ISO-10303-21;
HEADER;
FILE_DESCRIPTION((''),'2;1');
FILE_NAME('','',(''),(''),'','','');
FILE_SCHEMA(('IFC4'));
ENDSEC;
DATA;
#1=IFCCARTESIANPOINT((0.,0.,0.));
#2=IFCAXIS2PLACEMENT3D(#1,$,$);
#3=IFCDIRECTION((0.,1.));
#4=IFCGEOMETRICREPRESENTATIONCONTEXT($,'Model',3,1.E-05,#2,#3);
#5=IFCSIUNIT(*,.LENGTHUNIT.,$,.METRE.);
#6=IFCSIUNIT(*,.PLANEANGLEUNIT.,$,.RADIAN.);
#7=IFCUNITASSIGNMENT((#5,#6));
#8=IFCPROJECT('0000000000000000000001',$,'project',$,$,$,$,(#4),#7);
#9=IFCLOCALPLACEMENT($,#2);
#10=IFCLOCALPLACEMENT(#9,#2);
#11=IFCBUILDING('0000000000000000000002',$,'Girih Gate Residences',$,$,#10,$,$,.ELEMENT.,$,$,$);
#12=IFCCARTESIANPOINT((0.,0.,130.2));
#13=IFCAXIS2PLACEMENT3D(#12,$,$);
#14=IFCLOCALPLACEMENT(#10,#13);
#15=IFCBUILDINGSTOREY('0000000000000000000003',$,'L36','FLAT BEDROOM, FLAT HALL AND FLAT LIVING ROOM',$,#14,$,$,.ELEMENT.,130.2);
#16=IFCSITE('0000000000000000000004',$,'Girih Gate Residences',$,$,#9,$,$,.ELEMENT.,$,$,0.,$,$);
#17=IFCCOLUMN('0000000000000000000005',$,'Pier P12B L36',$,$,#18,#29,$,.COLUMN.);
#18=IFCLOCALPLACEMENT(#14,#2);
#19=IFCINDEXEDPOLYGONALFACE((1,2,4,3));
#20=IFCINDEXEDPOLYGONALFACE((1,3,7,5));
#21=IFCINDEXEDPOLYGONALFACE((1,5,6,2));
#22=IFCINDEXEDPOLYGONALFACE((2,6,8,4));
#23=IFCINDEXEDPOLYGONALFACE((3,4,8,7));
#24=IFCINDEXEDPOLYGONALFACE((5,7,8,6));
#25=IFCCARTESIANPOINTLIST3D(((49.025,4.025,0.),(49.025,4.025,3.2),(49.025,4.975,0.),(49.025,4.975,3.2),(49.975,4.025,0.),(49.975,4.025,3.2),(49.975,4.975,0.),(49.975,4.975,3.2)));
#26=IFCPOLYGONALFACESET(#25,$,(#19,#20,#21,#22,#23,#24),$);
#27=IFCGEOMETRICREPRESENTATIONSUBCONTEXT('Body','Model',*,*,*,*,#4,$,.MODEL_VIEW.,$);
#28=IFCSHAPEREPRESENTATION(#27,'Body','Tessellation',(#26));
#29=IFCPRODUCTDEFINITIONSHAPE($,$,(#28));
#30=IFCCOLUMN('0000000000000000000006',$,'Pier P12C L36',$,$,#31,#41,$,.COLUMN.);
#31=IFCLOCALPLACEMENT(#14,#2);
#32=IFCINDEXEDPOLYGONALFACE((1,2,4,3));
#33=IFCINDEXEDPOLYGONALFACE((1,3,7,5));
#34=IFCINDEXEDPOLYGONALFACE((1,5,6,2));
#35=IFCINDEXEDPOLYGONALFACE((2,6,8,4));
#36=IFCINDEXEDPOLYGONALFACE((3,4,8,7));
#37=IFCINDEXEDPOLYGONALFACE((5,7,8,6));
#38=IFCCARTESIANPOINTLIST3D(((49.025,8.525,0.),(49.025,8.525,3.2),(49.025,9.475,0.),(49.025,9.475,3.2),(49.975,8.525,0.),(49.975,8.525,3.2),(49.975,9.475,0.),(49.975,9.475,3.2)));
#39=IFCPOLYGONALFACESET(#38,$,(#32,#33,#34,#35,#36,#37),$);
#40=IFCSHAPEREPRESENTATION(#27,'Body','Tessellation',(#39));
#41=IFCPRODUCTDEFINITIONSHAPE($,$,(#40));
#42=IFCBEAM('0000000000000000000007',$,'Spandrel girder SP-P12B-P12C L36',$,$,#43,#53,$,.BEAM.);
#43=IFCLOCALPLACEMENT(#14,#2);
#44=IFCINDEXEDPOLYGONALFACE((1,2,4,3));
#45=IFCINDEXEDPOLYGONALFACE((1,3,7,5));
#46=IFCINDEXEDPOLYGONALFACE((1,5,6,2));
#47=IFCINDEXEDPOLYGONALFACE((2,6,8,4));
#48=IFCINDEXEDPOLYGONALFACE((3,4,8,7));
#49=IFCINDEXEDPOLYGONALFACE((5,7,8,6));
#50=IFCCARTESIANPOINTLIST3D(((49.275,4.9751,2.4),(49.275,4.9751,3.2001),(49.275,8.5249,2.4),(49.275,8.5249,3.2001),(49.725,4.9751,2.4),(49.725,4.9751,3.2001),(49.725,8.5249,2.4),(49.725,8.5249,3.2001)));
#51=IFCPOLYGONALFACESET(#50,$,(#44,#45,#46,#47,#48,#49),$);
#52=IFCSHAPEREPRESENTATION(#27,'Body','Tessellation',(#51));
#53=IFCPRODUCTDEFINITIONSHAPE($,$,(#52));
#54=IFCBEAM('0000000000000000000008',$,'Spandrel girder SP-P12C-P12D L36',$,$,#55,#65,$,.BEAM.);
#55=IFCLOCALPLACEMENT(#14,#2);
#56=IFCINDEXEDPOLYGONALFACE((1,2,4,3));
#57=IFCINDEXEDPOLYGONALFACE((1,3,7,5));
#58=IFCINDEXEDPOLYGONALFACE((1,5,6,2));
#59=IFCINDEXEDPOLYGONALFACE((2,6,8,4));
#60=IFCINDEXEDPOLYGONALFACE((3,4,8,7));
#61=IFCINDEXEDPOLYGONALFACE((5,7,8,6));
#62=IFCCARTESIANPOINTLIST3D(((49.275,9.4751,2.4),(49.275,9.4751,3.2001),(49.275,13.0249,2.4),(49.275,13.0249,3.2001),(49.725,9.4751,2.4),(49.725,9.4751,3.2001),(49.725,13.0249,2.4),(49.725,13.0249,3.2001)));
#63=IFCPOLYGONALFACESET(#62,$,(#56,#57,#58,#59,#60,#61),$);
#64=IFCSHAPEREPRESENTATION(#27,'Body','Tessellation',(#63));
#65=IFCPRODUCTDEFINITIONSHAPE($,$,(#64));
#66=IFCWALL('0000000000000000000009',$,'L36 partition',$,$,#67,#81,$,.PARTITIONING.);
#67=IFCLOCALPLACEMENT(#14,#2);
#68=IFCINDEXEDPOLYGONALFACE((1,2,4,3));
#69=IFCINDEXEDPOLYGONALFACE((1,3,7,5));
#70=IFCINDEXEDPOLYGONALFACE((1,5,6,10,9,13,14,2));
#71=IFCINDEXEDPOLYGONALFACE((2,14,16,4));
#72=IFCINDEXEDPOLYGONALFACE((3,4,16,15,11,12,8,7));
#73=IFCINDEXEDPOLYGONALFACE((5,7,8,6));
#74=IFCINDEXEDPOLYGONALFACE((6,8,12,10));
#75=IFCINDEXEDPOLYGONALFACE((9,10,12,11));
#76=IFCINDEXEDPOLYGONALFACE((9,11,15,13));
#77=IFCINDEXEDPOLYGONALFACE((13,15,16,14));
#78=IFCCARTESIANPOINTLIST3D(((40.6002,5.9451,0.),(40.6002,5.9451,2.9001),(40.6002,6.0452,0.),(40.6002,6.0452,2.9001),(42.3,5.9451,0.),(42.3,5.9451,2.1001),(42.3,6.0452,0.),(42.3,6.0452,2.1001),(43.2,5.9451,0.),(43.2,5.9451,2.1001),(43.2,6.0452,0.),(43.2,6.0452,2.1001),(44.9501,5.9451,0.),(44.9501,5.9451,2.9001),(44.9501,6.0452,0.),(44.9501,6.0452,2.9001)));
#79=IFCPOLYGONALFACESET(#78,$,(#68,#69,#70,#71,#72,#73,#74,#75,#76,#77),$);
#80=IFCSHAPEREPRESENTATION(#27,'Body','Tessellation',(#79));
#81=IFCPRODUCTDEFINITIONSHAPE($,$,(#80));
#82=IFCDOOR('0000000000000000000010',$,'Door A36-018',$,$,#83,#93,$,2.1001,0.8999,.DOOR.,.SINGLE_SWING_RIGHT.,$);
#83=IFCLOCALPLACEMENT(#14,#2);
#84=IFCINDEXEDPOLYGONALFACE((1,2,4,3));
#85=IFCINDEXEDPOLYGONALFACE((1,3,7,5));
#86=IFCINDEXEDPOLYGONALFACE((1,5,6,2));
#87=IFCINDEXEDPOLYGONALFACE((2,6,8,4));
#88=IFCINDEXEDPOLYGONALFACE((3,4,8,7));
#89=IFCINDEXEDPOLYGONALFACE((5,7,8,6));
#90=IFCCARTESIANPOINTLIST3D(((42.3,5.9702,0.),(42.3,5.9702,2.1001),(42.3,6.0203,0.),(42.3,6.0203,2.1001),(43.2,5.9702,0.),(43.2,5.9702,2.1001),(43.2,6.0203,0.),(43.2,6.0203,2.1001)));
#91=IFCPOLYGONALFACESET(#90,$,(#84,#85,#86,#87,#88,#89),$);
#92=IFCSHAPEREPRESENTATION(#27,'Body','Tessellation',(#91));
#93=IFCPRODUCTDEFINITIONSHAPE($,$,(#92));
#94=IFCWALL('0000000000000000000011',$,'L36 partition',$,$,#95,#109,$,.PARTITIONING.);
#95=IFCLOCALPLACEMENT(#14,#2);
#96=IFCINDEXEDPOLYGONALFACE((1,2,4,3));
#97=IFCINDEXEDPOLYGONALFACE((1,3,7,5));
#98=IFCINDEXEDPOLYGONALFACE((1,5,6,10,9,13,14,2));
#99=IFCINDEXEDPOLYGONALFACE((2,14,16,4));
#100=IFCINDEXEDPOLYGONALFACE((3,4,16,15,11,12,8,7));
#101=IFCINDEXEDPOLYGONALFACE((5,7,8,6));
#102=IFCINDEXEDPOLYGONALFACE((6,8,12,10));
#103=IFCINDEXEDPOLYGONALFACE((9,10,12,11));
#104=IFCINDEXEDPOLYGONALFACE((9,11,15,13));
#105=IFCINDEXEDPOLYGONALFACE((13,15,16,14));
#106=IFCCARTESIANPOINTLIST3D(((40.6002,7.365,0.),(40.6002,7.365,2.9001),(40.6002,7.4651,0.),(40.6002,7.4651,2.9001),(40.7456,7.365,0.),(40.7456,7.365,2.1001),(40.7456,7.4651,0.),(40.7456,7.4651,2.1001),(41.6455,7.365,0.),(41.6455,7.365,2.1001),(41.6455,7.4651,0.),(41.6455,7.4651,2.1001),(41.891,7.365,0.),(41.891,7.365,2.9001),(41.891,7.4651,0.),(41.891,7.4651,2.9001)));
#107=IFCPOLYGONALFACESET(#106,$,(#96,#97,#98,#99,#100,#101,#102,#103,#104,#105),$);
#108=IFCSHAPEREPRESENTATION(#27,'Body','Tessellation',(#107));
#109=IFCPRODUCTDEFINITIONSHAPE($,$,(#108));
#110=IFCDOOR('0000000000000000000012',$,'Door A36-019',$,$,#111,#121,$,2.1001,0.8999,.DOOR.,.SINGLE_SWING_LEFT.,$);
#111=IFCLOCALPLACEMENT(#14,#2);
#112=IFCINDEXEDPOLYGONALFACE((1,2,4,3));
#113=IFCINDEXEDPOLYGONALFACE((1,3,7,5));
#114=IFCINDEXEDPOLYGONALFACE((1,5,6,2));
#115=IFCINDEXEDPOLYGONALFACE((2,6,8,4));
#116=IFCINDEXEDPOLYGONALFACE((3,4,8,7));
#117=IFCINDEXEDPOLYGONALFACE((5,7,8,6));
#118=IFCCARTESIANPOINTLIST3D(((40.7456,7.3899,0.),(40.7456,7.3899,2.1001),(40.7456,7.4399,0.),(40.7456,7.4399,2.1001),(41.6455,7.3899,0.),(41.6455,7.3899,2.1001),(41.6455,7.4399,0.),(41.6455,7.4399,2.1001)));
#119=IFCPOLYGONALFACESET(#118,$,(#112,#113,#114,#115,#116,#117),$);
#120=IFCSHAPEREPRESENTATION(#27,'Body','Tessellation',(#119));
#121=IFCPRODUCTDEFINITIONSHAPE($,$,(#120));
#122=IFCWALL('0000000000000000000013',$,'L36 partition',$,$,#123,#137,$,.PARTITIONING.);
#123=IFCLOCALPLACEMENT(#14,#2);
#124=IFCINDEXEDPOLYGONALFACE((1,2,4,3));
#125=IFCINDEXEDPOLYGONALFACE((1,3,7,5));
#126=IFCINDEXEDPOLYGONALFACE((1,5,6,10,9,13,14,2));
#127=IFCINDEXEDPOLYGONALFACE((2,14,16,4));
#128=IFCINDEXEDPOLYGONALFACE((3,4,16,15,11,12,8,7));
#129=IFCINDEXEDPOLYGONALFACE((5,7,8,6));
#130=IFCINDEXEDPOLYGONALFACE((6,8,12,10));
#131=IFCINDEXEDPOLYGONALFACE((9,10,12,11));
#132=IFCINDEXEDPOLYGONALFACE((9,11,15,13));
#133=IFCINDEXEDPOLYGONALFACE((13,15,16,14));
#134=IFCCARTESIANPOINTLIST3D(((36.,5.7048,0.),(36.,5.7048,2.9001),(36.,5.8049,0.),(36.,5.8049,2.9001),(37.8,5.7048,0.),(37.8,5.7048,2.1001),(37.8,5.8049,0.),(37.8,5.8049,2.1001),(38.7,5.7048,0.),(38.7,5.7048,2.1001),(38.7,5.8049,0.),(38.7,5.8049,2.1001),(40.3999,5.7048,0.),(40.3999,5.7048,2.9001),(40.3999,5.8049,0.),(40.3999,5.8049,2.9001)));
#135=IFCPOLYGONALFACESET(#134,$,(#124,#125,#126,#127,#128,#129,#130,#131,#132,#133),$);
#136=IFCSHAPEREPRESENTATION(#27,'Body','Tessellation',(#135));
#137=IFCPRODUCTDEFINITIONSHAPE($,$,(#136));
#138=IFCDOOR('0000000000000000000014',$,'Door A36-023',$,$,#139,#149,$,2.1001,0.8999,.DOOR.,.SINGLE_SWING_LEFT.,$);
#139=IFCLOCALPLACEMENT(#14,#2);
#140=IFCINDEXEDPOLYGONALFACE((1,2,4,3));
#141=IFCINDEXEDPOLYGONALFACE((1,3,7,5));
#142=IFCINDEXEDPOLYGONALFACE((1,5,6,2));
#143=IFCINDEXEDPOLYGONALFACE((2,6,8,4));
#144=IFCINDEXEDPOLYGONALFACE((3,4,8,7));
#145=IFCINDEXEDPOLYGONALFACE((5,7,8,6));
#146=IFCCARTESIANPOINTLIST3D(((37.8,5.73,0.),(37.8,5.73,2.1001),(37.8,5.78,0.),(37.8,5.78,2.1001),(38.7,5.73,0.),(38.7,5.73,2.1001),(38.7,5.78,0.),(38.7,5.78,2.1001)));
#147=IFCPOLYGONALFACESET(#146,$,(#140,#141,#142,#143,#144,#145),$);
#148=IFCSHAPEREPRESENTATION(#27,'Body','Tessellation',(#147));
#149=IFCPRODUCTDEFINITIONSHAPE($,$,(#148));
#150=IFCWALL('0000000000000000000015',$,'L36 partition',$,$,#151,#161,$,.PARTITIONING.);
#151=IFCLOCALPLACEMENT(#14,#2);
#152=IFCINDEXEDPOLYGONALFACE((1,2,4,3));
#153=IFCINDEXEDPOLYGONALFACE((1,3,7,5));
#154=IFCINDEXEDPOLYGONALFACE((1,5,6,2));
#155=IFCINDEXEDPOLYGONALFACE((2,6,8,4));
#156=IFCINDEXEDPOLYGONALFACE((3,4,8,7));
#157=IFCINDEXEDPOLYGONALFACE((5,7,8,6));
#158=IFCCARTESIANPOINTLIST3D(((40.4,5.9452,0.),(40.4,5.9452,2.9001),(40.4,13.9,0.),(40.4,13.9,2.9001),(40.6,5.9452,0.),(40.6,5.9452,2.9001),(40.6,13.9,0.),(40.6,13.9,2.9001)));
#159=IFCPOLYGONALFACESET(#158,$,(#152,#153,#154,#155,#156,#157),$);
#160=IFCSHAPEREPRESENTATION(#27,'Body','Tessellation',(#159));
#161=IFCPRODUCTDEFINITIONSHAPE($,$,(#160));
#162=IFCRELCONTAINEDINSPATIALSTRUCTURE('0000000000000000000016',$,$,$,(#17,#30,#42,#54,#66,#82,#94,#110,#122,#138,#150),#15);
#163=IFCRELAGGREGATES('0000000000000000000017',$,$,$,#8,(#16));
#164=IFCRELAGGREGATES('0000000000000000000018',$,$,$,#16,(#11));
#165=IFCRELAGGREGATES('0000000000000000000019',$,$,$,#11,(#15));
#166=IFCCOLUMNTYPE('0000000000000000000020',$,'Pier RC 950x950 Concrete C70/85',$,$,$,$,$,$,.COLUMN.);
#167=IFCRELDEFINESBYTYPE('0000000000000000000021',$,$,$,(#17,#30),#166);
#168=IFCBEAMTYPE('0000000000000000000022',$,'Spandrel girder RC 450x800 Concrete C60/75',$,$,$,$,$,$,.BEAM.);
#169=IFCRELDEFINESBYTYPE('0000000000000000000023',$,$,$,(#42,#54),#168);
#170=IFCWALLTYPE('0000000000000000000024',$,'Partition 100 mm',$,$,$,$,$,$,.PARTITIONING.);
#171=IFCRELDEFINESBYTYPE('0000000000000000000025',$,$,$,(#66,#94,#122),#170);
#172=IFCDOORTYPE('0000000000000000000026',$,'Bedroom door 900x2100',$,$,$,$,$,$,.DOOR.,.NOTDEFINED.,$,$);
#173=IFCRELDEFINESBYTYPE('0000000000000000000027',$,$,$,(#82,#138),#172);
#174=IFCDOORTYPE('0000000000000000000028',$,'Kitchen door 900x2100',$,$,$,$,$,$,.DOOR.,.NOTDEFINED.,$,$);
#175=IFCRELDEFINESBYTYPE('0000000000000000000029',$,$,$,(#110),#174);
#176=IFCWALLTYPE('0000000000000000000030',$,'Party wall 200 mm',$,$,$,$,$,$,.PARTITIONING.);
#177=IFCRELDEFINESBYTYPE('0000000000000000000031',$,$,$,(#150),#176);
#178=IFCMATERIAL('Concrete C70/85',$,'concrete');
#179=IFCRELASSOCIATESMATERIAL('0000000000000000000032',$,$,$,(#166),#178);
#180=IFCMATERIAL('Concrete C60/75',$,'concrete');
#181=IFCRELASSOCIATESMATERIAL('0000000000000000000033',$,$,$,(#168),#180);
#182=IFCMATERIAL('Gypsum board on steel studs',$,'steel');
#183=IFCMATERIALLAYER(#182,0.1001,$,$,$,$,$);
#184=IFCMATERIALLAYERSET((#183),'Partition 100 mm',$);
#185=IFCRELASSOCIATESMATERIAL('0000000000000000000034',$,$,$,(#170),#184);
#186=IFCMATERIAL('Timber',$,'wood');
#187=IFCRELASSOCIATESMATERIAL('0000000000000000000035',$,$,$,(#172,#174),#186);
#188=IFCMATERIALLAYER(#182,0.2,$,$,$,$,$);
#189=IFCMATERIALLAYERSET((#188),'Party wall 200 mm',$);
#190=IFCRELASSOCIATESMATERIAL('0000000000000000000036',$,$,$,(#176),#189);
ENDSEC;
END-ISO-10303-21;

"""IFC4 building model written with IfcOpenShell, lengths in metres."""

from ifc_helpers import new_model, si_unit, direction, frame, frame_2d, origin, origin_2d, place, context, subcontext, project, spatial, rectangle, extrude, material, layer, layer_set, material_profile, profile_set, type_object, element, fill, save


model = new_model("IFC4")

# Units and contexts
model_context = context("Model", 3, precision=1e-05, world=origin(), true_north=direction((0.0, 1.0)))
body_context = subcontext(model_context, "Body", "Model", "MODEL_VIEW")
ifc_project = project(units=[si_unit("LENGTHUNIT", "METRE"), si_unit("PLANEANGLEUNIT", "RADIAN")], contexts=[model_context])

# Site, building, storey
site_placement = place(None, origin())
site = spatial("IfcSite", under=ifc_project, at=site_placement, Name="Girih Gate Residences", CompositionType="ELEMENT", RefElevation=0.0)
building_placement = place(site_placement, origin())
building = spatial("IfcBuilding", under=site, at=building_placement, Name="Girih Gate Residences", CompositionType="ELEMENT")
storey_placement = place(building_placement, frame((0.0, 0.0, 130.2)))
storey = spatial("IfcBuildingStorey", under=building, at=storey_placement, Name="L36", Description="FLAT BEDROOM, FLAT HALL AND FLAT LIVING ROOM", CompositionType="ELEMENT", Elevation=130.2)

# Columns
ifc_material_1 = material(Name="Concrete C70/85", Category="concrete")
ifc_material_profile_1 = material_profile(ifc_material_1, rectangle(XDim=0.95, YDim=0.95, at=origin_2d()))
ifc_profile_set_1 = profile_set([ifc_material_profile_1], Name="Concrete C70/85")
column_type = type_object("IfcColumnType", Name="Pier RC 950x950 Concrete C70/85", PredefinedType="COLUMN", material=ifc_profile_set_1)
for number, where, z_axis, x_axis, name in (
    (1, (49.5, 4.5, 0.0), (0.0, 0.0, 1.0), (1.0, 0.0, 0.0), "Pier P12B L36"),
    (2, (49.5, 9.0, 0.0), (0.0, 0.0, 1.0), (1.0, 0.0, 0.0), "Pier P12C L36"),
):
    element("IfcColumn", number, at=place(storey_placement, frame(where, z_axis=z_axis, x_axis=x_axis)), inside=storey, type_object=column_type, Name=name, PredefinedType="COLUMN", context=body_context, shape_type="SweptSolid", body=[
        extrude(rectangle(XDim=0.95, YDim=0.95, at=origin_2d()), origin(), (0.0, 0.0, 1.0), 3.2),
    ])

# Beams
ifc_material_2 = material(Name="Concrete C60/75", Category="concrete")
ifc_material_profile_2 = material_profile(ifc_material_2, rectangle(XDim=0.45, YDim=0.8, at=origin_2d()))
ifc_profile_set_2 = profile_set([ifc_material_profile_2], Name="Concrete C60/75")
beam_type = type_object("IfcBeamType", Name="Spandrel girder RC 450x800 Concrete C60/75", PredefinedType="BEAM", material=ifc_profile_set_2)
for number, where, z_axis, x_axis, name in (
    (3, (49.5, 4.9751, 2.8), (0.0, 1.0, 0.0), (-1.0, 0.0, 0.0), "Spandrel girder SP-P12B-P12C L36"),
    (4, (49.5, 9.4751, 2.8), (0.0, 1.0, 0.0), (-1.0, 0.0, 0.0), "Spandrel girder SP-P12C-P12D L36"),
):
    element("IfcBeam", number, at=place(storey_placement, frame(where, z_axis=z_axis, x_axis=x_axis)), inside=storey, type_object=beam_type, Name=name, PredefinedType="BEAM", context=body_context, shape_type="SweptSolid", body=[
        extrude(rectangle(XDim=0.45, YDim=0.8, at=origin_2d()), origin(), (0.0, 0.0, 1.0), 3.5498),
    ])

# Walls, openings, doors
ifc_material_3 = material(Name="Gypsum board on steel studs", Category="steel")
ifc_layer_1 = layer(ifc_material_3, 0.1001)
ifc_layer_set_1 = layer_set([ifc_layer_1], Name="Partition 100 mm")
wall_type_1 = type_object("IfcWallType", Name="Partition 100 mm", PredefinedType="PARTITIONING", material=ifc_layer_set_1)
wall_1_placement = place(storey_placement, frame((44.95, 5.9951, 0.0), z_axis=(0.0, 0.0, 1.0), x_axis=(-1.0, 0.0, 0.0)))
wall_1 = element("IfcWall", 5, at=wall_1_placement, inside=storey, type_object=wall_type_1, Name="L36 partition", PredefinedType="PARTITIONING", context=body_context, shape_type="SweptSolid", body=[
    extrude(rectangle(XDim=4.3499, YDim=0.1001, at=frame_2d((2.1748, 0.0))), origin(), (0.0, 0.0, 1.0), 2.9001),
])
opening_1_placement = place(wall_1_placement, frame((1.75, 0.0, 0.0)))
opening_1 = element("IfcOpeningElement", 6, at=opening_1_placement, cuts=wall_1, PredefinedType="OPENING", context=body_context, shape_type="SweptSolid", body=[
    extrude(rectangle(XDim=0.8999, YDim=2.1001, at=frame_2d((0.45, 1.05))), frame((0.0, 0.0601, 0.0), z_axis=(0.0, -1.0, 0.0), x_axis=(1.0, 0.0, 0.0)), (0.0, 0.0, 1.0), 0.1201),
])
ifc_material_4 = material(Name="Timber", Category="wood")
door_type_1 = type_object("IfcDoorType", Name="Bedroom door 900x2100", OperationType="NOTDEFINED", PredefinedType="DOOR", material=ifc_material_4)
door_1_placement = place(opening_1_placement, origin())
door_1 = element("IfcDoor", 7, at=door_1_placement, inside=storey, type_object=door_type_1, Name="Door A36-018", OperationType="SINGLE_SWING_RIGHT", OverallHeight=2.1001, OverallWidth=0.8999, PredefinedType="DOOR", context=body_context, shape_type="SweptSolid", body=[
    extrude(rectangle(XDim=0.8999, YDim=2.1001, at=frame_2d((0.45, 1.05))), frame((0.0, 0.0249, 0.0), z_axis=(0.0, -1.0, 0.0), x_axis=(1.0, 0.0, 0.0)), (0.0, 0.0, 1.0), 0.05),
])
fill(opening_1, door_1)
wall_2_placement = place(storey_placement, frame((40.6001, 7.415, 0.0), z_axis=(0.0, 0.0, 1.0), x_axis=(1.0, 0.0, 0.0)))
wall_2 = element("IfcWall", 8, at=wall_2_placement, inside=storey, type_object=wall_type_1, Name="L36 partition", PredefinedType="PARTITIONING", context=body_context, shape_type="SweptSolid", body=[
    extrude(rectangle(XDim=1.2908, YDim=0.1001, at=frame_2d((0.6455, 0.0))), origin(), (0.0, 0.0, 1.0), 2.9001),
])
opening_2_placement = place(wall_2_placement, frame((0.1455, 0.0, 0.0)))
opening_2 = element("IfcOpeningElement", 9, at=opening_2_placement, cuts=wall_2, PredefinedType="OPENING", context=body_context, shape_type="SweptSolid", body=[
    extrude(rectangle(XDim=0.8999, YDim=2.1001, at=frame_2d((0.45, 1.05))), frame((0.0, 0.0601, 0.0), z_axis=(0.0, -1.0, 0.0), x_axis=(1.0, 0.0, 0.0)), (0.0, 0.0, 1.0), 0.1201),
])
door_type_2 = type_object("IfcDoorType", Name="Kitchen door 900x2100", OperationType="NOTDEFINED", PredefinedType="DOOR", material=ifc_material_4)
door_2_placement = place(opening_2_placement, origin())
door_2 = element("IfcDoor", 10, at=door_2_placement, inside=storey, type_object=door_type_2, Name="Door A36-019", OperationType="SINGLE_SWING_LEFT", OverallHeight=2.1001, OverallWidth=0.8999, PredefinedType="DOOR", context=body_context, shape_type="SweptSolid", body=[
    extrude(rectangle(XDim=0.8999, YDim=2.1001, at=frame_2d((0.45, 1.05))), frame((0.0, 0.0249, 0.0), z_axis=(0.0, -1.0, 0.0), x_axis=(1.0, 0.0, 0.0)), (0.0, 0.0, 1.0), 0.05),
])
fill(opening_2, door_2)
wall_3_placement = place(storey_placement, frame((40.3999, 5.7549, 0.0), z_axis=(0.0, 0.0, 1.0), x_axis=(-1.0, 0.0, 0.0)))
wall_3 = element("IfcWall", 11, at=wall_3_placement, inside=storey, type_object=wall_type_1, Name="L36 partition", PredefinedType="PARTITIONING", context=body_context, shape_type="SweptSolid", body=[
    extrude(rectangle(XDim=4.3999, YDim=0.1001, at=frame_2d((2.2, 0.0))), origin(), (0.0, 0.0, 1.0), 2.9001),
])
opening_3_placement = place(wall_3_placement, frame((1.7, 0.0, 0.0)))
opening_3 = element("IfcOpeningElement", 12, at=opening_3_placement, cuts=wall_3, PredefinedType="OPENING", context=body_context, shape_type="SweptSolid", body=[
    extrude(rectangle(XDim=0.8999, YDim=2.1001, at=frame_2d((0.45, 1.05))), frame((0.0, 0.0601, 0.0), z_axis=(0.0, -1.0, 0.0), x_axis=(1.0, 0.0, 0.0)), (0.0, 0.0, 1.0), 0.1201),
])
door_3_placement = place(opening_3_placement, origin())
door_3 = element("IfcDoor", 13, at=door_3_placement, inside=storey, type_object=door_type_1, Name="Door A36-023", OperationType="SINGLE_SWING_LEFT", OverallHeight=2.1001, OverallWidth=0.8999, PredefinedType="DOOR", context=body_context, shape_type="SweptSolid", body=[
    extrude(rectangle(XDim=0.8999, YDim=2.1001, at=frame_2d((0.45, 1.05))), frame((0.0, 0.0249, 0.0), z_axis=(0.0, -1.0, 0.0), x_axis=(1.0, 0.0, 0.0)), (0.0, 0.0, 1.0), 0.05),
])
fill(opening_3, door_3)

# Wall
ifc_layer_2 = layer(ifc_material_3, 0.2)
ifc_layer_set_2 = layer_set([ifc_layer_2], Name="Party wall 200 mm")
wall_type_2 = type_object("IfcWallType", Name="Party wall 200 mm", PredefinedType="PARTITIONING", material=ifc_layer_set_2)
wall_4_placement = place(storey_placement, frame((40.5, 5.9451, 0.0), z_axis=(0.0, 0.0, 1.0), x_axis=(0.0, 1.0, 0.0)))
element("IfcWall", 14, at=wall_4_placement, inside=storey, type_object=wall_type_2, Name="L36 partition", PredefinedType="PARTITIONING", context=body_context, shape_type="SweptSolid", body=[
    extrude(rectangle(XDim=7.9548, YDim=0.2, at=frame_2d((3.9775, 0.0))), origin(), (0.0, 0.0, 1.0), 2.9001),
])

save(model, "model.ifc")
